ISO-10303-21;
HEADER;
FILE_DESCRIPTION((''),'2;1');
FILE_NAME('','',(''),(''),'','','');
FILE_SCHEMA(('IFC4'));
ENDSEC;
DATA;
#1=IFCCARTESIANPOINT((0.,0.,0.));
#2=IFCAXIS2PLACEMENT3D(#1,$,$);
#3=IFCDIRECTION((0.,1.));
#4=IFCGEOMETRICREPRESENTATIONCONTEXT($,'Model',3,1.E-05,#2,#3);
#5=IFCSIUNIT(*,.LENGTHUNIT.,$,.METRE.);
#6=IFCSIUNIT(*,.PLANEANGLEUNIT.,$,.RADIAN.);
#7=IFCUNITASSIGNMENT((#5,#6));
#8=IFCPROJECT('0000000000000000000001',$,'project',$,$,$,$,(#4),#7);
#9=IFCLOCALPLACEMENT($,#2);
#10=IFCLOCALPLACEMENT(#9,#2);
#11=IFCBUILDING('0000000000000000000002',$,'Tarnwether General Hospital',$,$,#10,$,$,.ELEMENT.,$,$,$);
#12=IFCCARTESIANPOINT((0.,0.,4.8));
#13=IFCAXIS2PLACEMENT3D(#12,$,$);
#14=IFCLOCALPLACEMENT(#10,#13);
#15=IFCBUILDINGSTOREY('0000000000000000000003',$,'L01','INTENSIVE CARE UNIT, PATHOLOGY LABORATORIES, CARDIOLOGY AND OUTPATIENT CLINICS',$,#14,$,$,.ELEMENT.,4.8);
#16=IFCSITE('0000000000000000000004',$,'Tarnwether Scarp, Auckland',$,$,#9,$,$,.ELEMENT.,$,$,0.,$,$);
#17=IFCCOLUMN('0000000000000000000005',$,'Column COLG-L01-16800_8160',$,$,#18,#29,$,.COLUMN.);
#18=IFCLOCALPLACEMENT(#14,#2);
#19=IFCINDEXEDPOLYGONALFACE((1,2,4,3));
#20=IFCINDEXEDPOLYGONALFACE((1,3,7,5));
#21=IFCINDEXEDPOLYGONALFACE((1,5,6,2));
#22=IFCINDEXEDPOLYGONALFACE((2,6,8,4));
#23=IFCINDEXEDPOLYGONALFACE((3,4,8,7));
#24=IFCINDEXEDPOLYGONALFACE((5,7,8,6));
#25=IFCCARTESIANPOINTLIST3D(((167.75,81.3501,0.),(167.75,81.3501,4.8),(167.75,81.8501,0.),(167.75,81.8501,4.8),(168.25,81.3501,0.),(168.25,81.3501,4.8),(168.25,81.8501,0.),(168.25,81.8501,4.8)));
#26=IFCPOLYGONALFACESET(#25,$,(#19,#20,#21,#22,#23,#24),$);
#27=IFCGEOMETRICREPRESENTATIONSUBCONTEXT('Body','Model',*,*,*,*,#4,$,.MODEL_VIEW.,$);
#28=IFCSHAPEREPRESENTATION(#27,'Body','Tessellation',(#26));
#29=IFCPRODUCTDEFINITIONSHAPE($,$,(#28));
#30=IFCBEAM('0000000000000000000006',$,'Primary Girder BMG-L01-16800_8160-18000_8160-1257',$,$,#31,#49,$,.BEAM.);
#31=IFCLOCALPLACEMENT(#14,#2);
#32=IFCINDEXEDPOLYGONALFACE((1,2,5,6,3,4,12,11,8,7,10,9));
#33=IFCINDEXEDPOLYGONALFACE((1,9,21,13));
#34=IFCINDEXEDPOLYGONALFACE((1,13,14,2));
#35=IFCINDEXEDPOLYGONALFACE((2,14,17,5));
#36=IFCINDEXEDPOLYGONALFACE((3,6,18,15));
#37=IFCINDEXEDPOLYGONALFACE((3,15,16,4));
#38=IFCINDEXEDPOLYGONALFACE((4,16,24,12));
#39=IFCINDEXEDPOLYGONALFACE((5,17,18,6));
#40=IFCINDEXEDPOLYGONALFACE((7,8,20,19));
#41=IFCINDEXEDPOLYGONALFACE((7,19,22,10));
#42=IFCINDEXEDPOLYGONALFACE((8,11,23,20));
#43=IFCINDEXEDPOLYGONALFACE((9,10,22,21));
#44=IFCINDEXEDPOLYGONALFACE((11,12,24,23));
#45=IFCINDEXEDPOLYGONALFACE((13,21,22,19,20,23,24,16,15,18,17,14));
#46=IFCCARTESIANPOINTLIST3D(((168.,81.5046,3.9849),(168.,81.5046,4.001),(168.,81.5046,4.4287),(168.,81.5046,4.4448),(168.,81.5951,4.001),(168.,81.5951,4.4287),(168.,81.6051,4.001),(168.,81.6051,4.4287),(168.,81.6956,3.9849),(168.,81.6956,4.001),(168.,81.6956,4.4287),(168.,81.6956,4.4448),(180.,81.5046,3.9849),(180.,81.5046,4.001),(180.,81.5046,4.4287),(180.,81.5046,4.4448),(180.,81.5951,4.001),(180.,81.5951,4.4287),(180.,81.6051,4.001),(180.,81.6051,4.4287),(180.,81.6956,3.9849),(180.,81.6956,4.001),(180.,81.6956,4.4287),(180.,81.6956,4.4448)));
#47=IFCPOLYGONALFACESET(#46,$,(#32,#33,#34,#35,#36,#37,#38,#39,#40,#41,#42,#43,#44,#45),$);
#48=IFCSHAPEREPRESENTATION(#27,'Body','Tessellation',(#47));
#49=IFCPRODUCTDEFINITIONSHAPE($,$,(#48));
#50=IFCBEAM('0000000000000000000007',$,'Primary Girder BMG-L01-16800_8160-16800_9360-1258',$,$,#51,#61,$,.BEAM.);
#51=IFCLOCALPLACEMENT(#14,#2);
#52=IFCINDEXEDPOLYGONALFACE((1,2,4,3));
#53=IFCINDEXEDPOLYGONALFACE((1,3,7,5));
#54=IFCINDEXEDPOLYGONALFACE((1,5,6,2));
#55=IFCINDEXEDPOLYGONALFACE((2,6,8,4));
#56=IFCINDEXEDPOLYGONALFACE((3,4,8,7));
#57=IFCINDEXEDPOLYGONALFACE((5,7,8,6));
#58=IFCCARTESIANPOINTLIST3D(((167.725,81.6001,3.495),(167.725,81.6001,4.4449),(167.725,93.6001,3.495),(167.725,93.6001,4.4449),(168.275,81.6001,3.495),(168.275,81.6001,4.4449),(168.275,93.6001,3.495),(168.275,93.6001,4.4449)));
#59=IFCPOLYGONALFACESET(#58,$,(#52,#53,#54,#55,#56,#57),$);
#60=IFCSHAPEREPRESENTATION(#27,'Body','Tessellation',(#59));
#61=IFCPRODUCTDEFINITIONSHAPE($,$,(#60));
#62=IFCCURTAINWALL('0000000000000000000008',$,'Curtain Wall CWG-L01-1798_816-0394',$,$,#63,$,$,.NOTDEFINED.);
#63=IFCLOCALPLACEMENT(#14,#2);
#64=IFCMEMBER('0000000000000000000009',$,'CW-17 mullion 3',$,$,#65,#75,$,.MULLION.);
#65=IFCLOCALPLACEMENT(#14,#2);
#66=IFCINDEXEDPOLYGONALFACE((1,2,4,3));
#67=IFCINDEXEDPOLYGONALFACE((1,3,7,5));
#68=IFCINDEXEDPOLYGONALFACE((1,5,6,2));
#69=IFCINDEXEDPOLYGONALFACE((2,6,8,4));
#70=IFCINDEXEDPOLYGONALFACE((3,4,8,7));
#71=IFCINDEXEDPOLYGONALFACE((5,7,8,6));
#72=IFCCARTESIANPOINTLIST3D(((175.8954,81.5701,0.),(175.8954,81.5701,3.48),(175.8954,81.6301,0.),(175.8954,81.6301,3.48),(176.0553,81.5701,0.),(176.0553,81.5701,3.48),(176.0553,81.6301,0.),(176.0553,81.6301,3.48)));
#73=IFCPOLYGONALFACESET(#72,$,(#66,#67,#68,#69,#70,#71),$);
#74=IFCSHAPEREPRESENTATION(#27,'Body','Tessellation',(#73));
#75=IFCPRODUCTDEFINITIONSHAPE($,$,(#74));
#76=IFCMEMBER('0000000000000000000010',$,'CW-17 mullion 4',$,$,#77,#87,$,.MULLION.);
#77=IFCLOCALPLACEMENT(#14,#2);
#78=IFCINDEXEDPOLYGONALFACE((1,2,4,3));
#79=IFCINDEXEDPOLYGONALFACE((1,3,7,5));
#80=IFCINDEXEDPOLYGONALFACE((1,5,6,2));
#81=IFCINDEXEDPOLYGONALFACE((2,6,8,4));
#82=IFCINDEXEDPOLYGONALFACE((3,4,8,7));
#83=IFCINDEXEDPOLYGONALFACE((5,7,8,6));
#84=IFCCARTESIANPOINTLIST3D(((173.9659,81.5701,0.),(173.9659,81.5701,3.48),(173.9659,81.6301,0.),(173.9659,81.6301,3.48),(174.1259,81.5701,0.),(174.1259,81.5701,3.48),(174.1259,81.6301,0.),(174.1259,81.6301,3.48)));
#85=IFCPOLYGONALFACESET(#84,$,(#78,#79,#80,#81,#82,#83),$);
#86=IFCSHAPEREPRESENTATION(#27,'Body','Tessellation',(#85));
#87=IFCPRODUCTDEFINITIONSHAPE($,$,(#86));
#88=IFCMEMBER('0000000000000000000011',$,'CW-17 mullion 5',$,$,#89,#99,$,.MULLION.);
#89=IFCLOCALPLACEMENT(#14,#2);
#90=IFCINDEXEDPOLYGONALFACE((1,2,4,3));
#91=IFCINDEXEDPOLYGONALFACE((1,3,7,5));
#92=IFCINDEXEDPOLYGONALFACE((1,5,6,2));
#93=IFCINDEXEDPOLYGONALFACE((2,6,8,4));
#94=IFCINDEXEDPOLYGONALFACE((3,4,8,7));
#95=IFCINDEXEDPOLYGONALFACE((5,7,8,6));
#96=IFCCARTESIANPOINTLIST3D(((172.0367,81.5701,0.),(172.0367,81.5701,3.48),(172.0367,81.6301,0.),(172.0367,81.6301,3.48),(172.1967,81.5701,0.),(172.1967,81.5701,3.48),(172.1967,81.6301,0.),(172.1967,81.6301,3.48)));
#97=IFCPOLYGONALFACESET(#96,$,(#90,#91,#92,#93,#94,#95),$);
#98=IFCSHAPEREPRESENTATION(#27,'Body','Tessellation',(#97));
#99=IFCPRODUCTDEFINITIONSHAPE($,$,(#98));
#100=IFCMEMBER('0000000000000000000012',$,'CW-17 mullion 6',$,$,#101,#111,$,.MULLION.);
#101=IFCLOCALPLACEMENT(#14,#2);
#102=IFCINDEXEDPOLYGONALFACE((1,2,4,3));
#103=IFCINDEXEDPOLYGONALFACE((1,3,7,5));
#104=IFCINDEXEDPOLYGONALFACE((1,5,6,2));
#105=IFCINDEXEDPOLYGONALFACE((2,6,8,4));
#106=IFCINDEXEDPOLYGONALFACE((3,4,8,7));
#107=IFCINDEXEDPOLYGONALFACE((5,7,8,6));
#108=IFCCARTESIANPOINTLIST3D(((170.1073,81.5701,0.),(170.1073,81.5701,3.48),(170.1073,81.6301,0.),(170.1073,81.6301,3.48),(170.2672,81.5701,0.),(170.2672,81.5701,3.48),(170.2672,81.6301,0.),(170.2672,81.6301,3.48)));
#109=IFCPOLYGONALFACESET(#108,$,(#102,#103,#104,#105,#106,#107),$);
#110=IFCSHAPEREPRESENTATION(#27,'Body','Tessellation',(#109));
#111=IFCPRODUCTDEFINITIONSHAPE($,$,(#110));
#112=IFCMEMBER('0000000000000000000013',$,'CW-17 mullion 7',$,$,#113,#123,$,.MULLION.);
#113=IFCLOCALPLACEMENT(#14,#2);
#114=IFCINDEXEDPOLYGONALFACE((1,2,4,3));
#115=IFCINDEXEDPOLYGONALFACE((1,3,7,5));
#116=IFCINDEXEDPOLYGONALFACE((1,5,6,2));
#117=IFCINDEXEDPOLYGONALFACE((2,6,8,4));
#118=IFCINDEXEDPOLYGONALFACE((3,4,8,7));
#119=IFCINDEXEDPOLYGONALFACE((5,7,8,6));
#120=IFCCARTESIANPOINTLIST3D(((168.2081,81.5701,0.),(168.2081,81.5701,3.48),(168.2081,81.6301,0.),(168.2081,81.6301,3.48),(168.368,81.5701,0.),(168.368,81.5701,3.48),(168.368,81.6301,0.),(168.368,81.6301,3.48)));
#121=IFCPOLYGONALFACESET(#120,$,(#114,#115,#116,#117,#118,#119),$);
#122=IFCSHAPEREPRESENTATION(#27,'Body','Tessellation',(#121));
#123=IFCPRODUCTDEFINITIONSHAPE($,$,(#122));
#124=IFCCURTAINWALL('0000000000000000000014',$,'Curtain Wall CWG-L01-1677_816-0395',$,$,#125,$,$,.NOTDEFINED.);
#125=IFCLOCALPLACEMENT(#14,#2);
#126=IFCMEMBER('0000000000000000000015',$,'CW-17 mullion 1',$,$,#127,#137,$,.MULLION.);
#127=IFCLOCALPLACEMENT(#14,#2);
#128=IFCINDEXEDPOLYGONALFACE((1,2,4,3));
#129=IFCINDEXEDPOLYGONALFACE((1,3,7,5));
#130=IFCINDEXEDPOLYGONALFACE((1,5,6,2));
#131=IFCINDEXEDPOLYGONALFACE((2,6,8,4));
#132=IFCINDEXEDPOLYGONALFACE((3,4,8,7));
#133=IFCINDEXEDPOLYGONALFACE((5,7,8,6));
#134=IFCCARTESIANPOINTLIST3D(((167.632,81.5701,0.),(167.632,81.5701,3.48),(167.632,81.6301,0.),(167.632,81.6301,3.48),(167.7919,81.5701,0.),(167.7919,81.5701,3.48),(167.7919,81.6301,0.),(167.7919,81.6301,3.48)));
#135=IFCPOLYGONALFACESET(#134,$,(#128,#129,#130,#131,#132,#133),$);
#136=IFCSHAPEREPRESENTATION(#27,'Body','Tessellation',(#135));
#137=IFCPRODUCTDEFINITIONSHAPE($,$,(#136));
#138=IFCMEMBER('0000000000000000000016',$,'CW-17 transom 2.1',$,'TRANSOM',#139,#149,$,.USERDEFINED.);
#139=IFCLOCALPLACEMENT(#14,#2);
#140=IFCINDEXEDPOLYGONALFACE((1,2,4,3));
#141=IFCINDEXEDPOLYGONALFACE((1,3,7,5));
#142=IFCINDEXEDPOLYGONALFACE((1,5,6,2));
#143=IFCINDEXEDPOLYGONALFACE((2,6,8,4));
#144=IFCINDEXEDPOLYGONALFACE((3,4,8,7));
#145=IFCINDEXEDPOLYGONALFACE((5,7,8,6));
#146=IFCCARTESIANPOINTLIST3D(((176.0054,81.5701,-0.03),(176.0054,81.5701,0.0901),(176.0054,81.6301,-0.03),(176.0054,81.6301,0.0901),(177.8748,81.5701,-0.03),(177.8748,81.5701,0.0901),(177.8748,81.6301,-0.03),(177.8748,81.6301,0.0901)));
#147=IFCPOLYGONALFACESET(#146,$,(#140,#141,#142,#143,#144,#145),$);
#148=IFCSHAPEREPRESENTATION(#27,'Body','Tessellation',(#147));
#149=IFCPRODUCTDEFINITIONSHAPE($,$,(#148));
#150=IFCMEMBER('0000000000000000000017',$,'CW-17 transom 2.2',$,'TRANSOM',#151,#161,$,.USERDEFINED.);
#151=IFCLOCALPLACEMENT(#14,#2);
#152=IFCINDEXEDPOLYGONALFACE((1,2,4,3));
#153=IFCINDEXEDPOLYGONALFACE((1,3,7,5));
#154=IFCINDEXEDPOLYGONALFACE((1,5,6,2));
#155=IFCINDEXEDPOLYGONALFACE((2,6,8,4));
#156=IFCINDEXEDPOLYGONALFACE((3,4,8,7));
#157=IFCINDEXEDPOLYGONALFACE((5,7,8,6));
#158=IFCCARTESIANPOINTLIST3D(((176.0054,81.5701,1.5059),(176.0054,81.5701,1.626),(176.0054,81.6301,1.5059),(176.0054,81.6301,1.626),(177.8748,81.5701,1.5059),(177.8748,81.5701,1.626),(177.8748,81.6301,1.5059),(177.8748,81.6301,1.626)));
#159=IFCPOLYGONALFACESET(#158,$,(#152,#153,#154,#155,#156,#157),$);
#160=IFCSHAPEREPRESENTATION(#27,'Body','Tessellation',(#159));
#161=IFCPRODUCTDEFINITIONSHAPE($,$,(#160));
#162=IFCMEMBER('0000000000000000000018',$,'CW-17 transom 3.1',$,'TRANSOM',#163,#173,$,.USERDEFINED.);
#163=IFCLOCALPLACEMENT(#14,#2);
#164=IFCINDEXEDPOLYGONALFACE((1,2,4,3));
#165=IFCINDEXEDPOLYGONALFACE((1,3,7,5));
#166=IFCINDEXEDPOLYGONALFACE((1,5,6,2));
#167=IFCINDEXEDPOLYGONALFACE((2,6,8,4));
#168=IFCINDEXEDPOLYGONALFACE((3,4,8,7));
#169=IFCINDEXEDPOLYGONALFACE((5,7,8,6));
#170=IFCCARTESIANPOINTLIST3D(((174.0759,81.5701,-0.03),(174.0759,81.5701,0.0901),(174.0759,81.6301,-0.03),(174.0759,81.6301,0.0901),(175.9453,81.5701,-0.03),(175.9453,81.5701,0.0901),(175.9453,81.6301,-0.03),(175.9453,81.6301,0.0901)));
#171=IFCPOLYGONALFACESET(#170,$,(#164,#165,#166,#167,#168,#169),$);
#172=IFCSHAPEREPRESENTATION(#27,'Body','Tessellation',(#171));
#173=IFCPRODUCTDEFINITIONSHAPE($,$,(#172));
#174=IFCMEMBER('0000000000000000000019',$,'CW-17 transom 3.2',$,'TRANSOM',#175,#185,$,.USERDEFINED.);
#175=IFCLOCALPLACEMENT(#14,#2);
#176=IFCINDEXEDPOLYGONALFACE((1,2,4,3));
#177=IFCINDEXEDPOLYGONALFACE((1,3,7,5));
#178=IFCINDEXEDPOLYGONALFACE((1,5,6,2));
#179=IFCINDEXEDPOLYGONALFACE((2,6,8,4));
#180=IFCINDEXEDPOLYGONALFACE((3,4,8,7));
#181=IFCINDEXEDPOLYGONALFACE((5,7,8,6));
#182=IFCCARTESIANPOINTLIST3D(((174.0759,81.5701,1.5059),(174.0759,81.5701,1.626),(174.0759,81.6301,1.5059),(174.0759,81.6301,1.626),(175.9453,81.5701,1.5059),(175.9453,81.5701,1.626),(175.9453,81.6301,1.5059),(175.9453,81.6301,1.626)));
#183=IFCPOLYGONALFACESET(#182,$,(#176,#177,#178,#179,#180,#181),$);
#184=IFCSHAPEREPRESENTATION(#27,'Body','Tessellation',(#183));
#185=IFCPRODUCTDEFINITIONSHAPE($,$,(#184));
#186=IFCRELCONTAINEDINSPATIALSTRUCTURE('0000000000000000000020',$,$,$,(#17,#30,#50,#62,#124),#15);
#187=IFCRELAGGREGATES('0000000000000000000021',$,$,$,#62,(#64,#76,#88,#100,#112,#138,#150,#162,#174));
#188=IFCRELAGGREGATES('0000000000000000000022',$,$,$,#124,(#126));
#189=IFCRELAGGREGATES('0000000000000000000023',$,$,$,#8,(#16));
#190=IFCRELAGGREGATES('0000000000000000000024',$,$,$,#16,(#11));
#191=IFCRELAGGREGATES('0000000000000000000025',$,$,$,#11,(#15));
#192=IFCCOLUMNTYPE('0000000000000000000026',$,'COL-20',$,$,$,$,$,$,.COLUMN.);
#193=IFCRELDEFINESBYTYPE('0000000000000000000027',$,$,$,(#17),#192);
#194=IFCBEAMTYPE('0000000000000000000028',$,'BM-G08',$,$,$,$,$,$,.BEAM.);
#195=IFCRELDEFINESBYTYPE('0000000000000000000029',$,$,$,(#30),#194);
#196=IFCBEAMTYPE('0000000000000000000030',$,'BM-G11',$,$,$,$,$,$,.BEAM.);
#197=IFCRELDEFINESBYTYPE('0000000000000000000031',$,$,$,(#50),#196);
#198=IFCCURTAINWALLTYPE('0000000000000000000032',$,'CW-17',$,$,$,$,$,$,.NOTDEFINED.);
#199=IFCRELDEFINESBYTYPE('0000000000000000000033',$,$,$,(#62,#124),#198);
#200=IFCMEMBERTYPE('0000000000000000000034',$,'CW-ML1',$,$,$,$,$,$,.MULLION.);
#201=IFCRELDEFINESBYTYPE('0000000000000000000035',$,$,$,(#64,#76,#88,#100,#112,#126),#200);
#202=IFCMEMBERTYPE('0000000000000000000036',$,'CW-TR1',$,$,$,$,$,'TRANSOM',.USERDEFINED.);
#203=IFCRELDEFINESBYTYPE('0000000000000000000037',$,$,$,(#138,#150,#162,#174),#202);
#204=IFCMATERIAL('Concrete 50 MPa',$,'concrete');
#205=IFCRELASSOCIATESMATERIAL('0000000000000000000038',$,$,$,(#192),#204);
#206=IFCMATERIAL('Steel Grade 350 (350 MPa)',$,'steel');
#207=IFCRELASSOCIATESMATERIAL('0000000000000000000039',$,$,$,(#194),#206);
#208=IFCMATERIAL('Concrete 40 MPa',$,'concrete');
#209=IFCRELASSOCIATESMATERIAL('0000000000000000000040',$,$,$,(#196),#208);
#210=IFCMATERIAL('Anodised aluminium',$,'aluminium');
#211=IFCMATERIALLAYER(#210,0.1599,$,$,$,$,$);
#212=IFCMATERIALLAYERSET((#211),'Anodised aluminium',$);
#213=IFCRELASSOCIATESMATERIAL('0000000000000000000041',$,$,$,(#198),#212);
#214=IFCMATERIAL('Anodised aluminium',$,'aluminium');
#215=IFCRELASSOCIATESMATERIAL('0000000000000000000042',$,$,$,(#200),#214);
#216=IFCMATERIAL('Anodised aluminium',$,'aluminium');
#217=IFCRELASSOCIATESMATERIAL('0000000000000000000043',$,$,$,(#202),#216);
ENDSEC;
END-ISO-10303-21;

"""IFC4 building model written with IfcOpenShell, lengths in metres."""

from ifc_helpers import new_model, si_unit, direction, frame, origin, origin_2d, place, context, subcontext, project, spatial, rectangle, i_section, extrude, material, layer, layer_set, material_profile, profile_set, type_object, element, aggregate, save


model = new_model("IFC4")

# Units and contexts
model_context = context("Model", 3, precision=1e-05, world=origin(), true_north=direction((0.0, 1.0)))
body_context = subcontext(model_context, "Body", "Model", "MODEL_VIEW")
ifc_project = project(units=[si_unit("LENGTHUNIT", "METRE"), si_unit("PLANEANGLEUNIT", "RADIAN")], contexts=[model_context])

# Site, building, storey
site_placement = place(None, origin())
site = spatial("IfcSite", under=ifc_project, at=site_placement, Name="Tarnwether Scarp, Auckland", CompositionType="ELEMENT", RefElevation=0.0)
building_placement = place(site_placement, origin())
building = spatial("IfcBuilding", under=site, at=building_placement, Name="Tarnwether General Hospital", CompositionType="ELEMENT")
storey_placement = place(building_placement, frame((0.0, 0.0, 4.8)))
storey = spatial("IfcBuildingStorey", under=building, at=storey_placement, Name="L01", Description="INTENSIVE CARE UNIT, PATHOLOGY LABORATORIES, CARDIOLOGY AND OUTPATIENT CLINICS", CompositionType="ELEMENT", Elevation=4.8)

# Column
ifc_material_1 = material(Name="Concrete 50 MPa", Category="concrete")
ifc_material_profile_1 = material_profile(ifc_material_1, rectangle(XDim=0.5, YDim=0.5, at=origin_2d()), Name="RC-COL-500x500")
ifc_profile_set_1 = profile_set([ifc_material_profile_1], Name="Concrete 50 MPa")
column_type = type_object("IfcColumnType", Name="COL-20", PredefinedType="COLUMN", material=ifc_profile_set_1)
column_placement = place(storey_placement, frame((168.0, 81.6001, 0.0), z_axis=(0.0, 0.0, 1.0), x_axis=(1.0, 0.0, 0.0)))
element("IfcColumn", 1, at=column_placement, inside=storey, type_object=column_type, Name="Column COLG-L01-16800_8160", PredefinedType="COLUMN", context=body_context, shape_type="SweptSolid", body=[
    extrude(rectangle(XDim=0.5, YDim=0.5, at=origin_2d()), origin(), (0.0, 0.0, 1.0), 4.8),
])

# Beams
ifc_material_2 = material(Name="Steel Grade 350 (350 MPa)", Category="steel")
ifc_material_profile_2 = material_profile(ifc_material_2, i_section(OverallWidth=0.1909, OverallDepth=0.46, WebThickness=0.01, FlangeThickness=0.0161, at=origin_2d()), Name="460UB82.1")
ifc_profile_set_2 = profile_set([ifc_material_profile_2], Name="Steel Grade 350 (350 MPa)")
beam_type_1 = type_object("IfcBeamType", Name="BM-G08", PredefinedType="BEAM", material=ifc_profile_set_2)
beam_1_placement = place(storey_placement, frame((168.0, 81.6001, 4.2148), z_axis=(1.0, 0.0, 0.0), x_axis=(0.0, 1.0, 0.0)))
element("IfcBeam", 2, at=beam_1_placement, inside=storey, type_object=beam_type_1, Name="Primary Girder BMG-L01-16800_8160-18000_8160-1257", PredefinedType="BEAM", context=body_context, shape_type="SweptSolid", body=[
    extrude(i_section(OverallWidth=0.1909, OverallDepth=0.46, WebThickness=0.01, FlangeThickness=0.0161, at=origin_2d()), origin(), (0.0, 0.0, 1.0), 12.0),
])
ifc_material_3 = material(Name="Concrete 40 MPa", Category="concrete")
ifc_material_profile_3 = material_profile(ifc_material_3, rectangle(XDim=0.55, YDim=0.95, at=origin_2d()), Name="RC-BM-550x950")
ifc_profile_set_3 = profile_set([ifc_material_profile_3], Name="Concrete 40 MPa")
beam_type_2 = type_object("IfcBeamType", Name="BM-G11", PredefinedType="BEAM", material=ifc_profile_set_3)
beam_2_placement = place(storey_placement, frame((168.0, 81.6001, 3.97), z_axis=(0.0, 1.0, 0.0), x_axis=(-1.0, 0.0, 0.0)))
element("IfcBeam", 3, at=beam_2_placement, inside=storey, type_object=beam_type_2, Name="Primary Girder BMG-L01-16800_8160-16800_9360-1258", PredefinedType="BEAM", context=body_context, shape_type="SweptSolid", body=[
    extrude(rectangle(XDim=0.55, YDim=0.95, at=origin_2d()), origin(), (0.0, 0.0, 1.0), 12.0),
])

# Curtain wall, members
ifc_material_4 = material(Name="Anodised aluminium", Category="aluminium")
ifc_layer_1 = layer(ifc_material_4, 0.1599)
ifc_layer_set_1 = layer_set([ifc_layer_1], Name="Anodised aluminium")
curtain_wall_type = type_object("IfcCurtainWallType", Name="CW-17", PredefinedType="NOTDEFINED", material=ifc_layer_set_1)
curtain_wall_1_placement = place(storey_placement, origin())
curtain_wall_1 = element("IfcCurtainWall", 4, at=curtain_wall_1_placement, inside=storey, type_object=curtain_wall_type, Name="Curtain Wall CWG-L01-1798_816-0394", PredefinedType="NOTDEFINED")
ifc_material_5 = material(Name="Anodised aluminium", Category="aluminium")
ifc_material_profile_4 = material_profile(ifc_material_5, rectangle(XDim=0.0601, YDim=0.1599, at=origin_2d()), Name="ALU-MUL-60x160")
ifc_profile_set_4 = profile_set([ifc_material_profile_4], Name="Anodised aluminium")
member_type_1 = type_object("IfcMemberType", Name="CW-ML1", PredefinedType="MULLION", material=ifc_profile_set_4)
member_1_placement = place(storey_placement, frame((175.9753, 81.6001, 0.0), z_axis=(0.0, 0.0, 1.0), x_axis=(0.0, -1.0, 0.0)))
member_1 = element("IfcMember", 5, at=member_1_placement, type_object=member_type_1, Name="CW-17 mullion 3", PredefinedType="MULLION", context=body_context, shape_type="SweptSolid", body=[
    extrude(rectangle(XDim=0.0601, YDim=0.1599, at=origin_2d()), origin(), (0.0, 0.0, 1.0), 3.48),
])
member_2_placement = place(storey_placement, frame((174.0459, 81.6001, 0.0), z_axis=(0.0, 0.0, 1.0), x_axis=(0.0, -1.0, 0.0)))
member_2 = element("IfcMember", 6, at=member_2_placement, type_object=member_type_1, Name="CW-17 mullion 4", PredefinedType="MULLION", context=body_context, shape_type="SweptSolid", body=[
    extrude(rectangle(XDim=0.0601, YDim=0.1599, at=origin_2d()), origin(), (0.0, 0.0, 1.0), 3.48),
])
member_3_placement = place(storey_placement, frame((172.1167, 81.6001, 0.0), z_axis=(0.0, 0.0, 1.0), x_axis=(0.0, -1.0, 0.0)))
member_3 = element("IfcMember", 7, at=member_3_placement, type_object=member_type_1, Name="CW-17 mullion 5", PredefinedType="MULLION", context=body_context, shape_type="SweptSolid", body=[
    extrude(rectangle(XDim=0.0601, YDim=0.1599, at=origin_2d()), origin(), (0.0, 0.0, 1.0), 3.48),
])
member_4_placement = place(storey_placement, frame((170.1873, 81.6001, 0.0), z_axis=(0.0, 0.0, 1.0), x_axis=(0.0, -1.0, 0.0)))
member_4 = element("IfcMember", 8, at=member_4_placement, type_object=member_type_1, Name="CW-17 mullion 6", PredefinedType="MULLION", context=body_context, shape_type="SweptSolid", body=[
    extrude(rectangle(XDim=0.0601, YDim=0.1599, at=origin_2d()), origin(), (0.0, 0.0, 1.0), 3.48),
])
member_5_placement = place(storey_placement, frame((168.2881, 81.6001, 0.0), z_axis=(0.0, 0.0, 1.0), x_axis=(0.0, -1.0, 0.0)))
member_5 = element("IfcMember", 9, at=member_5_placement, type_object=member_type_1, Name="CW-17 mullion 7", PredefinedType="MULLION", context=body_context, shape_type="SweptSolid", body=[
    extrude(rectangle(XDim=0.0601, YDim=0.1599, at=origin_2d()), origin(), (0.0, 0.0, 1.0), 3.48),
])

# Curtain wall, member
curtain_wall_2_placement = place(storey_placement, origin())
curtain_wall_2 = element("IfcCurtainWall", 10, at=curtain_wall_2_placement, inside=storey, type_object=curtain_wall_type, Name="Curtain Wall CWG-L01-1677_816-0395", PredefinedType="NOTDEFINED")
member_6_placement = place(storey_placement, frame((167.7119, 81.6001, 0.0), z_axis=(0.0, 0.0, 1.0), x_axis=(0.0, -1.0, 0.0)))
member_6 = element("IfcMember", 11, at=member_6_placement, type_object=member_type_1, Name="CW-17 mullion 1", PredefinedType="MULLION", context=body_context, shape_type="SweptSolid", body=[
    extrude(rectangle(XDim=0.0601, YDim=0.1599, at=origin_2d()), origin(), (0.0, 0.0, 1.0), 3.48),
])

# Members
ifc_material_6 = material(Name="Anodised aluminium", Category="aluminium")
ifc_material_profile_5 = material_profile(ifc_material_6, rectangle(XDim=0.0601, YDim=0.1201, at=origin_2d()), Name="ALU-TRN-60x120")
ifc_profile_set_5 = profile_set([ifc_material_profile_5], Name="Anodised aluminium")
member_type_2 = type_object("IfcMemberType", Name="CW-TR1", ElementType="TRANSOM", PredefinedType="USERDEFINED", material=ifc_profile_set_5)
member_7_placement = place(storey_placement, frame((177.8748, 81.6001, 0.03), z_axis=(-1.0, 0.0, 0.0), x_axis=(0.0, -1.0, 0.0)))
member_7 = element("IfcMember", 12, at=member_7_placement, type_object=member_type_2, Name="CW-17 transom 2.1", ObjectType="TRANSOM", PredefinedType="USERDEFINED", context=body_context, shape_type="SweptSolid", body=[
    extrude(rectangle(XDim=0.0601, YDim=0.1201, at=origin_2d()), origin(), (0.0, 0.0, 1.0), 1.8694),
])
member_8_placement = place(storey_placement, frame((177.8748, 81.6001, 1.5659), z_axis=(-1.0, 0.0, 0.0), x_axis=(0.0, -1.0, 0.0)))
member_8 = element("IfcMember", 13, at=member_8_placement, type_object=member_type_2, Name="CW-17 transom 2.2", ObjectType="TRANSOM", PredefinedType="USERDEFINED", context=body_context, shape_type="SweptSolid", body=[
    extrude(rectangle(XDim=0.0601, YDim=0.1201, at=origin_2d()), origin(), (0.0, 0.0, 1.0), 1.8694),
])
member_9_placement = place(storey_placement, frame((175.9453, 81.6001, 0.03), z_axis=(-1.0, 0.0, 0.0), x_axis=(0.0, -1.0, 0.0)))
member_9 = element("IfcMember", 14, at=member_9_placement, type_object=member_type_2, Name="CW-17 transom 3.1", ObjectType="TRANSOM", PredefinedType="USERDEFINED", context=body_context, shape_type="SweptSolid", body=[
    extrude(rectangle(XDim=0.0601, YDim=0.1201, at=origin_2d()), origin(), (0.0, 0.0, 1.0), 1.8694),
])
member_10_placement = place(storey_placement, frame((175.9453, 81.6001, 1.5659), z_axis=(-1.0, 0.0, 0.0), x_axis=(0.0, -1.0, 0.0)))
member_10 = element("IfcMember", 15, at=member_10_placement, type_object=member_type_2, Name="CW-17 transom 3.2", ObjectType="TRANSOM", PredefinedType="USERDEFINED", context=body_context, shape_type="SweptSolid", body=[
    extrude(rectangle(XDim=0.0601, YDim=0.1201, at=origin_2d()), origin(), (0.0, 0.0, 1.0), 1.8694),
])

aggregate(curtain_wall_1, [member_1, member_2, member_3, member_4, member_5, member_7, member_8, member_9, member_10])
aggregate(curtain_wall_2, [member_6])

save(model, "model.ifc")
